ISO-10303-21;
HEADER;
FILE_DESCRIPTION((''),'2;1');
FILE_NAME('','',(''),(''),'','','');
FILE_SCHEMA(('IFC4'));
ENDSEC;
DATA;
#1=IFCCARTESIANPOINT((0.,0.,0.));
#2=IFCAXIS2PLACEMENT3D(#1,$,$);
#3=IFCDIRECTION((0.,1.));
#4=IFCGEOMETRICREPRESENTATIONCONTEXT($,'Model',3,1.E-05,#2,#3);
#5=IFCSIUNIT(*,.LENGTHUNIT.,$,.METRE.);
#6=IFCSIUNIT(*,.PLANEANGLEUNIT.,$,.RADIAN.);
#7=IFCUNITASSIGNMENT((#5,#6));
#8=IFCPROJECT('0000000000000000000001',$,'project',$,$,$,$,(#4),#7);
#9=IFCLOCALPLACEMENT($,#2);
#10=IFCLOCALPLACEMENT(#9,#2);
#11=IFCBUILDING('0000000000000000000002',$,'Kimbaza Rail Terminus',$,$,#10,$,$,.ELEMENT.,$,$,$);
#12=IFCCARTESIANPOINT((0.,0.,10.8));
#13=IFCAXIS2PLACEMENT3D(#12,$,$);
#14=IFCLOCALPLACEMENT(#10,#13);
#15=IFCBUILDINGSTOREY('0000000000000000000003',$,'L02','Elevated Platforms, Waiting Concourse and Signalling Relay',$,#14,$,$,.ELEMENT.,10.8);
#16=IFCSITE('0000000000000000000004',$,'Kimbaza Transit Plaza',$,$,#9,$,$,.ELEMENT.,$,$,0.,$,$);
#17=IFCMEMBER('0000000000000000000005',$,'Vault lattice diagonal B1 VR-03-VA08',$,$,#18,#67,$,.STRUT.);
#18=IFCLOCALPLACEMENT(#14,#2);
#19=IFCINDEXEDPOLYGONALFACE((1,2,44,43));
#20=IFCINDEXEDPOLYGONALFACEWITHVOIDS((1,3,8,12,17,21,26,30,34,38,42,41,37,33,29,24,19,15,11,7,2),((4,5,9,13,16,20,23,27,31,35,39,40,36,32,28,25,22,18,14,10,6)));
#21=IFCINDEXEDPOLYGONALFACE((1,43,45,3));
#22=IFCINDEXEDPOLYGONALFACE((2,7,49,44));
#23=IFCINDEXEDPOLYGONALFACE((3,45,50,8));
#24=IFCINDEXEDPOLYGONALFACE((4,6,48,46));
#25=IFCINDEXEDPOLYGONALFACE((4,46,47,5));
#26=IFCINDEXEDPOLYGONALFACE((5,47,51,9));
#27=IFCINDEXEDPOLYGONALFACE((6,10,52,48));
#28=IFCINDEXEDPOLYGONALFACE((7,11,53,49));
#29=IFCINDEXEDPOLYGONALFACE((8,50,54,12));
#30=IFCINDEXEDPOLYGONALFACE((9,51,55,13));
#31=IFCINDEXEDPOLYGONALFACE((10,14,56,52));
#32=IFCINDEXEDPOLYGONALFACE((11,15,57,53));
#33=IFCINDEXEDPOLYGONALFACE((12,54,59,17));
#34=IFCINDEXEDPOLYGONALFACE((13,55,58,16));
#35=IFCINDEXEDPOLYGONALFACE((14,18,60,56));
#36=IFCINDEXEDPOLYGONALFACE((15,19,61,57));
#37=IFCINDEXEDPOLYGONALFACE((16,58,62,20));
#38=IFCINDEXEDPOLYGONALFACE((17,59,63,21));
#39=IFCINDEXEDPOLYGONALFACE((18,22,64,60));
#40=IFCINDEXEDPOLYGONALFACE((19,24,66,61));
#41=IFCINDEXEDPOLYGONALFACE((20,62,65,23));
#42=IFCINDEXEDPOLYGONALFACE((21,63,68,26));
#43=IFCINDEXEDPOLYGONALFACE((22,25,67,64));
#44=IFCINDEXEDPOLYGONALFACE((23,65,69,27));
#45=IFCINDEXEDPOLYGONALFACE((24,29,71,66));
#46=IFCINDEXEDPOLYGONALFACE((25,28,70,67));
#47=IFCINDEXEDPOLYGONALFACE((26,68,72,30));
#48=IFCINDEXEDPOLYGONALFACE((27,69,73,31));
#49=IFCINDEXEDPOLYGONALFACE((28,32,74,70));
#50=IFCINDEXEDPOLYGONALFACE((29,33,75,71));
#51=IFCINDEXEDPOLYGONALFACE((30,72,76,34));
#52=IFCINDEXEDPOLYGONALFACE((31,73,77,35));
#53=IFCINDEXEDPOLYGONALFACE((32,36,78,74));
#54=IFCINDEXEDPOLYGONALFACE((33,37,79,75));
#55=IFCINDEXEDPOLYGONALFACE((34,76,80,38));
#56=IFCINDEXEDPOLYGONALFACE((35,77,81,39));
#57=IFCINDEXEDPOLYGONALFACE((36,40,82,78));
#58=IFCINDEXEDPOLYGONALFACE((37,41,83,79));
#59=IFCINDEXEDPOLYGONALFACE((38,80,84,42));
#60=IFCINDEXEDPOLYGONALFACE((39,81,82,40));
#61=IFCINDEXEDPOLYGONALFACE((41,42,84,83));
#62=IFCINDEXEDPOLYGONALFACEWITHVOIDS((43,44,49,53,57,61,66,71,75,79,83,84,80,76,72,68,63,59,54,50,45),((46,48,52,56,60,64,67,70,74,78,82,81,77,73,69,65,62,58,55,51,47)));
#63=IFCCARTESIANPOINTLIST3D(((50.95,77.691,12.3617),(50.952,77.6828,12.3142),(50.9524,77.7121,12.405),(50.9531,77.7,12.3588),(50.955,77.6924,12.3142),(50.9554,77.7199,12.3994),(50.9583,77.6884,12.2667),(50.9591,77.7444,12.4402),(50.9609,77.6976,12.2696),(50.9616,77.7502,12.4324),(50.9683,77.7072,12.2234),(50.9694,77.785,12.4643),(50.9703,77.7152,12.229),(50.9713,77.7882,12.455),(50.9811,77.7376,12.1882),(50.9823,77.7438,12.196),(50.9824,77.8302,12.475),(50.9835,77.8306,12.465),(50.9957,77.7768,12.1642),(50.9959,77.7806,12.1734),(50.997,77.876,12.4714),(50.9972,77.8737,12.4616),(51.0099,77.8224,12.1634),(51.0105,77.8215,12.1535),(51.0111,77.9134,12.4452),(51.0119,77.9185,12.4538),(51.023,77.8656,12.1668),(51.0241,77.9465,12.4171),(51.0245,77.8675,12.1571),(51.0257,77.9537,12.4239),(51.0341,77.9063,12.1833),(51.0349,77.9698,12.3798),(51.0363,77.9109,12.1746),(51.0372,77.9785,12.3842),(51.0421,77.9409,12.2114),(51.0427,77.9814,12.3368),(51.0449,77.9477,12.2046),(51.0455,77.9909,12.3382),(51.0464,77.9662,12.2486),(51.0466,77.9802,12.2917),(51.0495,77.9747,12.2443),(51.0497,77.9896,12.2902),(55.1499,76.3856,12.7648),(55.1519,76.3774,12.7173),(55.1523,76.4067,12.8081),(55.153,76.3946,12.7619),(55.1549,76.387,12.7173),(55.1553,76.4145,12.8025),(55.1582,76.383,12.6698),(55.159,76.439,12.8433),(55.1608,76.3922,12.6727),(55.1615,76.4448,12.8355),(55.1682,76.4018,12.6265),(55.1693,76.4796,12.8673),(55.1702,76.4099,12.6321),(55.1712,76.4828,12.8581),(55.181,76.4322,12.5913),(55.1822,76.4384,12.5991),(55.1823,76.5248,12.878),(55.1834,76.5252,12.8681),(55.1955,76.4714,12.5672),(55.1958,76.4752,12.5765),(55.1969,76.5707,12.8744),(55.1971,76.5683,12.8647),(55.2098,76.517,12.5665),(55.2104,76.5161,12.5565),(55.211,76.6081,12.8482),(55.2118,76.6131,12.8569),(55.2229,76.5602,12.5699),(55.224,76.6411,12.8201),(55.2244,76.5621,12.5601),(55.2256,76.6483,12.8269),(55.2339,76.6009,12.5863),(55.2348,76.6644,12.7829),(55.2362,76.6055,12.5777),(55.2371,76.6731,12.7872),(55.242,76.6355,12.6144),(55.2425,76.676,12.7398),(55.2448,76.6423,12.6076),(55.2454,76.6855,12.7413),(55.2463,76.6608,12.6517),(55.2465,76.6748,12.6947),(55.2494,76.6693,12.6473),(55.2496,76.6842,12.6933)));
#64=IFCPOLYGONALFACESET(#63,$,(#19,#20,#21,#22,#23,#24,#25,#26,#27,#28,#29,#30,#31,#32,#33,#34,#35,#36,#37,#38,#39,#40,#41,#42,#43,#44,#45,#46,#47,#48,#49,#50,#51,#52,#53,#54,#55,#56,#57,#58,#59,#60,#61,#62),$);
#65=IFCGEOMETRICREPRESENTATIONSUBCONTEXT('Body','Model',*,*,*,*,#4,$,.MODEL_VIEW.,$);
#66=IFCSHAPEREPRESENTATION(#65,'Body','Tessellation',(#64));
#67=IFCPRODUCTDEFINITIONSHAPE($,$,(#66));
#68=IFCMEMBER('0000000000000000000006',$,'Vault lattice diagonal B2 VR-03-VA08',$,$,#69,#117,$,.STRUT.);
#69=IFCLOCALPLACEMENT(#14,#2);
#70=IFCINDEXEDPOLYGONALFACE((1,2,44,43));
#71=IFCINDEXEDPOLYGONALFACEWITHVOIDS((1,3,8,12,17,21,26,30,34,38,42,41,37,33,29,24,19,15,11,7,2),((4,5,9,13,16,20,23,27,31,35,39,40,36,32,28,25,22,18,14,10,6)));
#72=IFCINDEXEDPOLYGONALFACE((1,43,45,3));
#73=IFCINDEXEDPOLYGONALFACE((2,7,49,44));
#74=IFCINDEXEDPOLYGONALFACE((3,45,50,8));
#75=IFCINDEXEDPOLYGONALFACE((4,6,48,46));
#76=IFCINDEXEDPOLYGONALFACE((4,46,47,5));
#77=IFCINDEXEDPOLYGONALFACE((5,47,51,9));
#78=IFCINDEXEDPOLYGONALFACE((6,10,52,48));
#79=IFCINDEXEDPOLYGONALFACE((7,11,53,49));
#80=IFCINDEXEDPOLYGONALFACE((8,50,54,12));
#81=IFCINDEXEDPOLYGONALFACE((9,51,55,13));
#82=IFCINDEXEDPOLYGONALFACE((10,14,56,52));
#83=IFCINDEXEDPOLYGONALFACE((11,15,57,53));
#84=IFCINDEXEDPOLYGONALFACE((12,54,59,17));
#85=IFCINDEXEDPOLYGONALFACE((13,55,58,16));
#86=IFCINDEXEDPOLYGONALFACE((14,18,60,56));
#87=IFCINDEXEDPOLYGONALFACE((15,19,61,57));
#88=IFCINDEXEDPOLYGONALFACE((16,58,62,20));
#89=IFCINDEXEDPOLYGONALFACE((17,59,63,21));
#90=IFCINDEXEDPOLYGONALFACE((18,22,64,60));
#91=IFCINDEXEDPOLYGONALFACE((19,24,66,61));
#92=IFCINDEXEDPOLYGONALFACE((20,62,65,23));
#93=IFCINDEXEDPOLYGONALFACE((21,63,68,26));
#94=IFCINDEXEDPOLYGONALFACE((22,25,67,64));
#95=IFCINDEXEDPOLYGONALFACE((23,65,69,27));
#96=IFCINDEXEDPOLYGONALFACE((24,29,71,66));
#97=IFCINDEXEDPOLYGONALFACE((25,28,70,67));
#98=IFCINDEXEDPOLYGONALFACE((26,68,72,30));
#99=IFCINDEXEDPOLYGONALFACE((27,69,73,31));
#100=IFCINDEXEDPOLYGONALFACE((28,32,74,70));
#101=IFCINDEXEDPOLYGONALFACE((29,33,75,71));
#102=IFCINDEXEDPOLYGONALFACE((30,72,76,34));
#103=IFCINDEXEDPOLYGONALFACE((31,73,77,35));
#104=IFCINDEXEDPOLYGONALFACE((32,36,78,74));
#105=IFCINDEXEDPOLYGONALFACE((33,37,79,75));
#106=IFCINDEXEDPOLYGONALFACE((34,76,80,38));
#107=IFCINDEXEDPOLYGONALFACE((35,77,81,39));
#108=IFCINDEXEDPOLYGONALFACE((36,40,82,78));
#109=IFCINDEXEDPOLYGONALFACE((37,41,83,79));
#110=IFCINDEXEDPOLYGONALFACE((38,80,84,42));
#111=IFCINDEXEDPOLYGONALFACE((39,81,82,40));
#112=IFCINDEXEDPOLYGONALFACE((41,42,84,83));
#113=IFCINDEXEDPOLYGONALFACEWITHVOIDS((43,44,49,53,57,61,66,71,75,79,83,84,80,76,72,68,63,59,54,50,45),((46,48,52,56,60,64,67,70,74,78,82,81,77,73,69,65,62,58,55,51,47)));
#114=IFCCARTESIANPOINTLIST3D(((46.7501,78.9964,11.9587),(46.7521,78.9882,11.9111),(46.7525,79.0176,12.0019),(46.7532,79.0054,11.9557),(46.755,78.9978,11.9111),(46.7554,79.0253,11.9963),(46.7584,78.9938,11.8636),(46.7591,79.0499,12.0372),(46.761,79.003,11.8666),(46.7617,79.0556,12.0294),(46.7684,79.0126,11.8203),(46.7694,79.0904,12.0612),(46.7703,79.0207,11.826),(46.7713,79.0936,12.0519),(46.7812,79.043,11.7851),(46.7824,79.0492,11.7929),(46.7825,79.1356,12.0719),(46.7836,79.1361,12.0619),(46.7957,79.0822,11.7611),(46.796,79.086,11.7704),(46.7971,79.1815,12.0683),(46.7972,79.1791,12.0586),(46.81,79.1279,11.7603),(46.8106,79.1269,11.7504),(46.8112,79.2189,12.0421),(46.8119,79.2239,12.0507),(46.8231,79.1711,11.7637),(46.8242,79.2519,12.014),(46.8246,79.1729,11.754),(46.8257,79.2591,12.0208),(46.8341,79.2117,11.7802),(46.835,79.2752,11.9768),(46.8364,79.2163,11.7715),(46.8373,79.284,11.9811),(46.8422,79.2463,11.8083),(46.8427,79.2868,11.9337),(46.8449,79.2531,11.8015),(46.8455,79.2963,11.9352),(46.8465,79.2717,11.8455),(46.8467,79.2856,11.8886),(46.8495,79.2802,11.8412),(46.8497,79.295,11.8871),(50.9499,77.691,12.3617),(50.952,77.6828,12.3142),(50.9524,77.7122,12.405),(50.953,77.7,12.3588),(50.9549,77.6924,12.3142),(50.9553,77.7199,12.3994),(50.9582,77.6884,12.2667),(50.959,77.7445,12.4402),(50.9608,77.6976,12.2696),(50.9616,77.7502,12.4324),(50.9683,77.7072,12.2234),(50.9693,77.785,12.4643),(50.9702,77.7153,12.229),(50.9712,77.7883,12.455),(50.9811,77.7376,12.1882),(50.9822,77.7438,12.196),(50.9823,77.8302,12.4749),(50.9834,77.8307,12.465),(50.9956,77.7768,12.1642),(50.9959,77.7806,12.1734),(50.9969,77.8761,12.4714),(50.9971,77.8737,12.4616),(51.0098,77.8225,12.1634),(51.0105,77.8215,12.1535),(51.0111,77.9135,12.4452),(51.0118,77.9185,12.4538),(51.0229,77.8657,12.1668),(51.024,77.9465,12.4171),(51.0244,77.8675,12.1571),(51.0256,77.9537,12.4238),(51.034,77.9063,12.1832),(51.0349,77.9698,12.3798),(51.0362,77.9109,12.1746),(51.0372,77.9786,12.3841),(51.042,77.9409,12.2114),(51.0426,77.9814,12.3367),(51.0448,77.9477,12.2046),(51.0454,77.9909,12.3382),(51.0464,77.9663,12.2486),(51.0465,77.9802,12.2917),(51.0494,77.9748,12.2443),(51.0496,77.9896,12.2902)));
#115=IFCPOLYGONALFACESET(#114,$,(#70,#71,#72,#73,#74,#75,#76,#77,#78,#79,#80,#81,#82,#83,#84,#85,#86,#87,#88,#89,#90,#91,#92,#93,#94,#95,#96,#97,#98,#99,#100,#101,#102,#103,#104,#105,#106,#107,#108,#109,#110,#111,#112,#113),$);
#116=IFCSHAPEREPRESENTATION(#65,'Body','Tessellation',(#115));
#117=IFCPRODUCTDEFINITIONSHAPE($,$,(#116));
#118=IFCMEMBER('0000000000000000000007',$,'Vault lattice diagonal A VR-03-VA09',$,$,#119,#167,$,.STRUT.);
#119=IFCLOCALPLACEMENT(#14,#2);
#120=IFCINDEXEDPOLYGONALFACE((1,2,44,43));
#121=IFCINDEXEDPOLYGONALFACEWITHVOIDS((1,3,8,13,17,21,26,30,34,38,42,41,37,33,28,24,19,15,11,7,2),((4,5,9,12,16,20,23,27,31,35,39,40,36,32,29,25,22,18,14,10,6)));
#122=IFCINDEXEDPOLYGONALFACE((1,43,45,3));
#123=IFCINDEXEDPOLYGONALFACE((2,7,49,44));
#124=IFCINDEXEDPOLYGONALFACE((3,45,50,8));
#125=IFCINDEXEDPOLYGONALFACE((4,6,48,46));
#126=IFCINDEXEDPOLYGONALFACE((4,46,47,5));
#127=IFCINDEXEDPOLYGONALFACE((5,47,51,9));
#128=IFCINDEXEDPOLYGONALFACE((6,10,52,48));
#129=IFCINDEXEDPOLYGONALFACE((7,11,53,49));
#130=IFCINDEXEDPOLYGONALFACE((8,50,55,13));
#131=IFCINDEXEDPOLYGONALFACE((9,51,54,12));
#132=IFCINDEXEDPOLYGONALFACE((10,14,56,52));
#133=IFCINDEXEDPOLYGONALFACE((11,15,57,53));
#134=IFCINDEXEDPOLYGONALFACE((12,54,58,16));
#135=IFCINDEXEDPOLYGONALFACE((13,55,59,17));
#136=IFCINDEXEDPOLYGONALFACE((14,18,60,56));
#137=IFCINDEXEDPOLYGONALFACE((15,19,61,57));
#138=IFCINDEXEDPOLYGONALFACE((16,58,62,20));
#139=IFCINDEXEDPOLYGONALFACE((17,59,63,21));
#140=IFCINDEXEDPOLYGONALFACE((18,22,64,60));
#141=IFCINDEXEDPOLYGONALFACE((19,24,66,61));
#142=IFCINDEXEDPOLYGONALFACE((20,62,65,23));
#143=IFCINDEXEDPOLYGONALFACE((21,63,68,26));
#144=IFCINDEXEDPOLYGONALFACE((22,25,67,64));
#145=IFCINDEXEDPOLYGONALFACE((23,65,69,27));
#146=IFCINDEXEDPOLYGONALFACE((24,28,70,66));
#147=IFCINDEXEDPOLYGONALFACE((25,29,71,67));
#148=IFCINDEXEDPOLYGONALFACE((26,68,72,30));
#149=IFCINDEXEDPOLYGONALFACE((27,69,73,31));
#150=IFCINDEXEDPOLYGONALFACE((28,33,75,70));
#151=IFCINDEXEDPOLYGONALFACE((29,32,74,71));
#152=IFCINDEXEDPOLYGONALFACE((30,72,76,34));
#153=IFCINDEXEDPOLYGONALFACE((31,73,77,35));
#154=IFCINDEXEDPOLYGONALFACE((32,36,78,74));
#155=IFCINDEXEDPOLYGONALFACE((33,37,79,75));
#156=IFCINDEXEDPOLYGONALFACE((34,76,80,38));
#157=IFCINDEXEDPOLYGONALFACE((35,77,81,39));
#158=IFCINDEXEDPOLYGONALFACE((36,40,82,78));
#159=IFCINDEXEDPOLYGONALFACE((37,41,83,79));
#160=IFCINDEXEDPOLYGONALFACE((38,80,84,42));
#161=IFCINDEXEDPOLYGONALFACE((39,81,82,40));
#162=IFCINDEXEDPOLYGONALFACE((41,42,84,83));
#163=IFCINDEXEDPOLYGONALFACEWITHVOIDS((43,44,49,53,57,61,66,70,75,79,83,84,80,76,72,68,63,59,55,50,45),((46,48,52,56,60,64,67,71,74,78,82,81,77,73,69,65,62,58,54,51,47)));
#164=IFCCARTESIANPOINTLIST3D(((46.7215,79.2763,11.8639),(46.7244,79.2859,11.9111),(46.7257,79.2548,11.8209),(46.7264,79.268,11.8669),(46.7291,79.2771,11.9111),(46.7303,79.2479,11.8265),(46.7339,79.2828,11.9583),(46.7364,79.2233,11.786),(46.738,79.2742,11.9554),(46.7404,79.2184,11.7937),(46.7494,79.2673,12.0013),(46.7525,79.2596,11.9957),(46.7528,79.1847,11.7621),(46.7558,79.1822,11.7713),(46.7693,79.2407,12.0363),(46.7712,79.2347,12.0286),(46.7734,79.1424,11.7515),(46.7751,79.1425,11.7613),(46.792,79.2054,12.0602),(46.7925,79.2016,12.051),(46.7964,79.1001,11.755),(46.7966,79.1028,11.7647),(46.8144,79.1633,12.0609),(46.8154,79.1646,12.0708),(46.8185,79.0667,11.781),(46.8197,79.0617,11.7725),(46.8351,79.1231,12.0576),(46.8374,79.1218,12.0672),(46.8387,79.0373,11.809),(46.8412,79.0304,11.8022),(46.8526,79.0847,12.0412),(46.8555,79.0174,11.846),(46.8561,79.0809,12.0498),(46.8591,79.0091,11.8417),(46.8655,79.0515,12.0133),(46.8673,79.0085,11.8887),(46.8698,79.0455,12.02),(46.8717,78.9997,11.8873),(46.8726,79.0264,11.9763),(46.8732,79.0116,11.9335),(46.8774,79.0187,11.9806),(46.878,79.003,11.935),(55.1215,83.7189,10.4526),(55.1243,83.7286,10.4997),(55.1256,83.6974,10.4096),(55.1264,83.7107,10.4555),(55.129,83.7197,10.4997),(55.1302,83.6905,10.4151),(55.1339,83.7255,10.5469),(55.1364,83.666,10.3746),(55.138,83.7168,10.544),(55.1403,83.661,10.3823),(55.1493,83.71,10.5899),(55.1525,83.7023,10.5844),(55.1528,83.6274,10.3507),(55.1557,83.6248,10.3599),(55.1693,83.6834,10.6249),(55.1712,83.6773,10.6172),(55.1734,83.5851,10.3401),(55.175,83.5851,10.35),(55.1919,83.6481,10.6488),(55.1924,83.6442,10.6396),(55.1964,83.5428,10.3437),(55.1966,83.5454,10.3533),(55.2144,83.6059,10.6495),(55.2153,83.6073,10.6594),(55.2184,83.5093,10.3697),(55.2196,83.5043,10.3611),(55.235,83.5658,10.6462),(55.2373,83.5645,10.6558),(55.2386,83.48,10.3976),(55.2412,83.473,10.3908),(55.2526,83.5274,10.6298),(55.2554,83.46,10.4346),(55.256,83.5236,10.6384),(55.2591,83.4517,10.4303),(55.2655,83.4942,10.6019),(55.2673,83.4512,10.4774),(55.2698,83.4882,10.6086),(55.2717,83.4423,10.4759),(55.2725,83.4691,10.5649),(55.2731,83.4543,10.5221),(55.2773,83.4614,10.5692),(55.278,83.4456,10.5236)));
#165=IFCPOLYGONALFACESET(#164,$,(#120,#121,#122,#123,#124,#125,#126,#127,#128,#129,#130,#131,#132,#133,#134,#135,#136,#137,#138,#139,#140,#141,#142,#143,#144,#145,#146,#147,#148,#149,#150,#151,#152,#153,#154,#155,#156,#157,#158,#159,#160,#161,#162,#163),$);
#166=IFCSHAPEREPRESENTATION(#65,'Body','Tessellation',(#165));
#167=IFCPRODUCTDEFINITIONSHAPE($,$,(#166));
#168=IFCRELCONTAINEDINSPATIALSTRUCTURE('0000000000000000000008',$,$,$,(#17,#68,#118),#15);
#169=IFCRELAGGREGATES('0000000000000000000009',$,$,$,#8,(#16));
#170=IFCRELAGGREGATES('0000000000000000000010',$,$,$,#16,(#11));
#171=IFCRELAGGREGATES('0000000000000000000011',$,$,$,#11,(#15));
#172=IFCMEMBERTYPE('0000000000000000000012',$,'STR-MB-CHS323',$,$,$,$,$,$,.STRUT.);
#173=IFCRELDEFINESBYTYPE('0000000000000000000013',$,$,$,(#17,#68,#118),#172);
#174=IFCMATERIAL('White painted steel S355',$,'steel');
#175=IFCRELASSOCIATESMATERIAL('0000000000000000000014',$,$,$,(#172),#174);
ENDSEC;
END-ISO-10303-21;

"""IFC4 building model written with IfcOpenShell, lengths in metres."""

from ifc_helpers import new_model, si_unit, direction, frame, origin, origin_2d, place, context, subcontext, project, spatial, hollow_circle, extrude, material, material_profile, profile_set, type_object, element, save


model = new_model("IFC4")

# Units and contexts
model_context = context("Model", 3, precision=1e-05, world=origin(), true_north=direction((0.0, 1.0)))
body_context = subcontext(model_context, "Body", "Model", "MODEL_VIEW")
ifc_project = project(units=[si_unit("LENGTHUNIT", "METRE"), si_unit("PLANEANGLEUNIT", "RADIAN")], contexts=[model_context])

# Site, building, storey
site_placement = place(None, origin())
site = spatial("IfcSite", under=ifc_project, at=site_placement, Name="Kimbaza Transit Plaza", CompositionType="ELEMENT", RefElevation=0.0)
building_placement = place(site_placement, origin())
building = spatial("IfcBuilding", under=site, at=building_placement, Name="Kimbaza Rail Terminus", CompositionType="ELEMENT")
storey_placement = place(building_placement, frame((0.0, 0.0, 10.8)))
storey = spatial("IfcBuildingStorey", under=building, at=storey_placement, Name="L02", Description="Elevated Platforms, Waiting Concourse and Signalling Relay", CompositionType="ELEMENT", Elevation=10.8)

# Members
ifc_material_1 = material(Name="White painted steel S355", Category="steel")
ifc_material_profile_1 = material_profile(ifc_material_1, hollow_circle(Radius=0.1619, WallThickness=0.01, at=origin_2d()), Name="CHS 323.9x10")
ifc_profile_set_1 = profile_set([ifc_material_profile_1], Name="White painted steel S355")
member_type_1 = type_object("IfcMemberType", Name="STR-MB-CHS323", PredefinedType="STRUT", material=ifc_profile_set_1)
for number, where, z_axis, x_axis, name in (
    (1, (55.2, 76.532, 12.7173), (-0.950951, 0.295573, -0.091264), (-0.296811, -0.954936, 0.0), "Vault lattice diagonal B1 VR-03-VA08"),
    (2, (51.0, 77.8374, 12.3142), (-0.950951, 0.295573, -0.091264), (-0.296811, -0.954936, 0.0), "Vault lattice diagonal B2 VR-03-VA08"),
):
    element("IfcMember", number, at=place(storey_placement, frame(where, z_axis=z_axis, x_axis=x_axis)), inside=storey, type_object=member_type_1, Name=name, PredefinedType="STRUT", context=body_context, shape_type="SweptSolid", body=[
        extrude(hollow_circle(Radius=0.1619, WallThickness=0.01, at=origin_2d()), origin(), (0.0, 0.0, 1.0), 4.4165),
    ])
member_1_placement = place(storey_placement, frame((46.8, 79.1428, 11.9111), z_axis=(0.874386, 0.462454, -0.146917), x_axis=(-0.467528, 0.883978, 0.0)))
element("IfcMember", 3, at=member_1_placement, inside=storey, type_object=member_type_1, Name="Vault lattice diagonal A VR-03-VA09", PredefinedType="STRUT", context=body_context, shape_type="SweptSolid", body=[
    extrude(hollow_circle(Radius=0.1619, WallThickness=0.01, at=origin_2d()), origin(), (0.0, 0.0, 1.0), 9.6067),
])

save(model, "model.ifc")
